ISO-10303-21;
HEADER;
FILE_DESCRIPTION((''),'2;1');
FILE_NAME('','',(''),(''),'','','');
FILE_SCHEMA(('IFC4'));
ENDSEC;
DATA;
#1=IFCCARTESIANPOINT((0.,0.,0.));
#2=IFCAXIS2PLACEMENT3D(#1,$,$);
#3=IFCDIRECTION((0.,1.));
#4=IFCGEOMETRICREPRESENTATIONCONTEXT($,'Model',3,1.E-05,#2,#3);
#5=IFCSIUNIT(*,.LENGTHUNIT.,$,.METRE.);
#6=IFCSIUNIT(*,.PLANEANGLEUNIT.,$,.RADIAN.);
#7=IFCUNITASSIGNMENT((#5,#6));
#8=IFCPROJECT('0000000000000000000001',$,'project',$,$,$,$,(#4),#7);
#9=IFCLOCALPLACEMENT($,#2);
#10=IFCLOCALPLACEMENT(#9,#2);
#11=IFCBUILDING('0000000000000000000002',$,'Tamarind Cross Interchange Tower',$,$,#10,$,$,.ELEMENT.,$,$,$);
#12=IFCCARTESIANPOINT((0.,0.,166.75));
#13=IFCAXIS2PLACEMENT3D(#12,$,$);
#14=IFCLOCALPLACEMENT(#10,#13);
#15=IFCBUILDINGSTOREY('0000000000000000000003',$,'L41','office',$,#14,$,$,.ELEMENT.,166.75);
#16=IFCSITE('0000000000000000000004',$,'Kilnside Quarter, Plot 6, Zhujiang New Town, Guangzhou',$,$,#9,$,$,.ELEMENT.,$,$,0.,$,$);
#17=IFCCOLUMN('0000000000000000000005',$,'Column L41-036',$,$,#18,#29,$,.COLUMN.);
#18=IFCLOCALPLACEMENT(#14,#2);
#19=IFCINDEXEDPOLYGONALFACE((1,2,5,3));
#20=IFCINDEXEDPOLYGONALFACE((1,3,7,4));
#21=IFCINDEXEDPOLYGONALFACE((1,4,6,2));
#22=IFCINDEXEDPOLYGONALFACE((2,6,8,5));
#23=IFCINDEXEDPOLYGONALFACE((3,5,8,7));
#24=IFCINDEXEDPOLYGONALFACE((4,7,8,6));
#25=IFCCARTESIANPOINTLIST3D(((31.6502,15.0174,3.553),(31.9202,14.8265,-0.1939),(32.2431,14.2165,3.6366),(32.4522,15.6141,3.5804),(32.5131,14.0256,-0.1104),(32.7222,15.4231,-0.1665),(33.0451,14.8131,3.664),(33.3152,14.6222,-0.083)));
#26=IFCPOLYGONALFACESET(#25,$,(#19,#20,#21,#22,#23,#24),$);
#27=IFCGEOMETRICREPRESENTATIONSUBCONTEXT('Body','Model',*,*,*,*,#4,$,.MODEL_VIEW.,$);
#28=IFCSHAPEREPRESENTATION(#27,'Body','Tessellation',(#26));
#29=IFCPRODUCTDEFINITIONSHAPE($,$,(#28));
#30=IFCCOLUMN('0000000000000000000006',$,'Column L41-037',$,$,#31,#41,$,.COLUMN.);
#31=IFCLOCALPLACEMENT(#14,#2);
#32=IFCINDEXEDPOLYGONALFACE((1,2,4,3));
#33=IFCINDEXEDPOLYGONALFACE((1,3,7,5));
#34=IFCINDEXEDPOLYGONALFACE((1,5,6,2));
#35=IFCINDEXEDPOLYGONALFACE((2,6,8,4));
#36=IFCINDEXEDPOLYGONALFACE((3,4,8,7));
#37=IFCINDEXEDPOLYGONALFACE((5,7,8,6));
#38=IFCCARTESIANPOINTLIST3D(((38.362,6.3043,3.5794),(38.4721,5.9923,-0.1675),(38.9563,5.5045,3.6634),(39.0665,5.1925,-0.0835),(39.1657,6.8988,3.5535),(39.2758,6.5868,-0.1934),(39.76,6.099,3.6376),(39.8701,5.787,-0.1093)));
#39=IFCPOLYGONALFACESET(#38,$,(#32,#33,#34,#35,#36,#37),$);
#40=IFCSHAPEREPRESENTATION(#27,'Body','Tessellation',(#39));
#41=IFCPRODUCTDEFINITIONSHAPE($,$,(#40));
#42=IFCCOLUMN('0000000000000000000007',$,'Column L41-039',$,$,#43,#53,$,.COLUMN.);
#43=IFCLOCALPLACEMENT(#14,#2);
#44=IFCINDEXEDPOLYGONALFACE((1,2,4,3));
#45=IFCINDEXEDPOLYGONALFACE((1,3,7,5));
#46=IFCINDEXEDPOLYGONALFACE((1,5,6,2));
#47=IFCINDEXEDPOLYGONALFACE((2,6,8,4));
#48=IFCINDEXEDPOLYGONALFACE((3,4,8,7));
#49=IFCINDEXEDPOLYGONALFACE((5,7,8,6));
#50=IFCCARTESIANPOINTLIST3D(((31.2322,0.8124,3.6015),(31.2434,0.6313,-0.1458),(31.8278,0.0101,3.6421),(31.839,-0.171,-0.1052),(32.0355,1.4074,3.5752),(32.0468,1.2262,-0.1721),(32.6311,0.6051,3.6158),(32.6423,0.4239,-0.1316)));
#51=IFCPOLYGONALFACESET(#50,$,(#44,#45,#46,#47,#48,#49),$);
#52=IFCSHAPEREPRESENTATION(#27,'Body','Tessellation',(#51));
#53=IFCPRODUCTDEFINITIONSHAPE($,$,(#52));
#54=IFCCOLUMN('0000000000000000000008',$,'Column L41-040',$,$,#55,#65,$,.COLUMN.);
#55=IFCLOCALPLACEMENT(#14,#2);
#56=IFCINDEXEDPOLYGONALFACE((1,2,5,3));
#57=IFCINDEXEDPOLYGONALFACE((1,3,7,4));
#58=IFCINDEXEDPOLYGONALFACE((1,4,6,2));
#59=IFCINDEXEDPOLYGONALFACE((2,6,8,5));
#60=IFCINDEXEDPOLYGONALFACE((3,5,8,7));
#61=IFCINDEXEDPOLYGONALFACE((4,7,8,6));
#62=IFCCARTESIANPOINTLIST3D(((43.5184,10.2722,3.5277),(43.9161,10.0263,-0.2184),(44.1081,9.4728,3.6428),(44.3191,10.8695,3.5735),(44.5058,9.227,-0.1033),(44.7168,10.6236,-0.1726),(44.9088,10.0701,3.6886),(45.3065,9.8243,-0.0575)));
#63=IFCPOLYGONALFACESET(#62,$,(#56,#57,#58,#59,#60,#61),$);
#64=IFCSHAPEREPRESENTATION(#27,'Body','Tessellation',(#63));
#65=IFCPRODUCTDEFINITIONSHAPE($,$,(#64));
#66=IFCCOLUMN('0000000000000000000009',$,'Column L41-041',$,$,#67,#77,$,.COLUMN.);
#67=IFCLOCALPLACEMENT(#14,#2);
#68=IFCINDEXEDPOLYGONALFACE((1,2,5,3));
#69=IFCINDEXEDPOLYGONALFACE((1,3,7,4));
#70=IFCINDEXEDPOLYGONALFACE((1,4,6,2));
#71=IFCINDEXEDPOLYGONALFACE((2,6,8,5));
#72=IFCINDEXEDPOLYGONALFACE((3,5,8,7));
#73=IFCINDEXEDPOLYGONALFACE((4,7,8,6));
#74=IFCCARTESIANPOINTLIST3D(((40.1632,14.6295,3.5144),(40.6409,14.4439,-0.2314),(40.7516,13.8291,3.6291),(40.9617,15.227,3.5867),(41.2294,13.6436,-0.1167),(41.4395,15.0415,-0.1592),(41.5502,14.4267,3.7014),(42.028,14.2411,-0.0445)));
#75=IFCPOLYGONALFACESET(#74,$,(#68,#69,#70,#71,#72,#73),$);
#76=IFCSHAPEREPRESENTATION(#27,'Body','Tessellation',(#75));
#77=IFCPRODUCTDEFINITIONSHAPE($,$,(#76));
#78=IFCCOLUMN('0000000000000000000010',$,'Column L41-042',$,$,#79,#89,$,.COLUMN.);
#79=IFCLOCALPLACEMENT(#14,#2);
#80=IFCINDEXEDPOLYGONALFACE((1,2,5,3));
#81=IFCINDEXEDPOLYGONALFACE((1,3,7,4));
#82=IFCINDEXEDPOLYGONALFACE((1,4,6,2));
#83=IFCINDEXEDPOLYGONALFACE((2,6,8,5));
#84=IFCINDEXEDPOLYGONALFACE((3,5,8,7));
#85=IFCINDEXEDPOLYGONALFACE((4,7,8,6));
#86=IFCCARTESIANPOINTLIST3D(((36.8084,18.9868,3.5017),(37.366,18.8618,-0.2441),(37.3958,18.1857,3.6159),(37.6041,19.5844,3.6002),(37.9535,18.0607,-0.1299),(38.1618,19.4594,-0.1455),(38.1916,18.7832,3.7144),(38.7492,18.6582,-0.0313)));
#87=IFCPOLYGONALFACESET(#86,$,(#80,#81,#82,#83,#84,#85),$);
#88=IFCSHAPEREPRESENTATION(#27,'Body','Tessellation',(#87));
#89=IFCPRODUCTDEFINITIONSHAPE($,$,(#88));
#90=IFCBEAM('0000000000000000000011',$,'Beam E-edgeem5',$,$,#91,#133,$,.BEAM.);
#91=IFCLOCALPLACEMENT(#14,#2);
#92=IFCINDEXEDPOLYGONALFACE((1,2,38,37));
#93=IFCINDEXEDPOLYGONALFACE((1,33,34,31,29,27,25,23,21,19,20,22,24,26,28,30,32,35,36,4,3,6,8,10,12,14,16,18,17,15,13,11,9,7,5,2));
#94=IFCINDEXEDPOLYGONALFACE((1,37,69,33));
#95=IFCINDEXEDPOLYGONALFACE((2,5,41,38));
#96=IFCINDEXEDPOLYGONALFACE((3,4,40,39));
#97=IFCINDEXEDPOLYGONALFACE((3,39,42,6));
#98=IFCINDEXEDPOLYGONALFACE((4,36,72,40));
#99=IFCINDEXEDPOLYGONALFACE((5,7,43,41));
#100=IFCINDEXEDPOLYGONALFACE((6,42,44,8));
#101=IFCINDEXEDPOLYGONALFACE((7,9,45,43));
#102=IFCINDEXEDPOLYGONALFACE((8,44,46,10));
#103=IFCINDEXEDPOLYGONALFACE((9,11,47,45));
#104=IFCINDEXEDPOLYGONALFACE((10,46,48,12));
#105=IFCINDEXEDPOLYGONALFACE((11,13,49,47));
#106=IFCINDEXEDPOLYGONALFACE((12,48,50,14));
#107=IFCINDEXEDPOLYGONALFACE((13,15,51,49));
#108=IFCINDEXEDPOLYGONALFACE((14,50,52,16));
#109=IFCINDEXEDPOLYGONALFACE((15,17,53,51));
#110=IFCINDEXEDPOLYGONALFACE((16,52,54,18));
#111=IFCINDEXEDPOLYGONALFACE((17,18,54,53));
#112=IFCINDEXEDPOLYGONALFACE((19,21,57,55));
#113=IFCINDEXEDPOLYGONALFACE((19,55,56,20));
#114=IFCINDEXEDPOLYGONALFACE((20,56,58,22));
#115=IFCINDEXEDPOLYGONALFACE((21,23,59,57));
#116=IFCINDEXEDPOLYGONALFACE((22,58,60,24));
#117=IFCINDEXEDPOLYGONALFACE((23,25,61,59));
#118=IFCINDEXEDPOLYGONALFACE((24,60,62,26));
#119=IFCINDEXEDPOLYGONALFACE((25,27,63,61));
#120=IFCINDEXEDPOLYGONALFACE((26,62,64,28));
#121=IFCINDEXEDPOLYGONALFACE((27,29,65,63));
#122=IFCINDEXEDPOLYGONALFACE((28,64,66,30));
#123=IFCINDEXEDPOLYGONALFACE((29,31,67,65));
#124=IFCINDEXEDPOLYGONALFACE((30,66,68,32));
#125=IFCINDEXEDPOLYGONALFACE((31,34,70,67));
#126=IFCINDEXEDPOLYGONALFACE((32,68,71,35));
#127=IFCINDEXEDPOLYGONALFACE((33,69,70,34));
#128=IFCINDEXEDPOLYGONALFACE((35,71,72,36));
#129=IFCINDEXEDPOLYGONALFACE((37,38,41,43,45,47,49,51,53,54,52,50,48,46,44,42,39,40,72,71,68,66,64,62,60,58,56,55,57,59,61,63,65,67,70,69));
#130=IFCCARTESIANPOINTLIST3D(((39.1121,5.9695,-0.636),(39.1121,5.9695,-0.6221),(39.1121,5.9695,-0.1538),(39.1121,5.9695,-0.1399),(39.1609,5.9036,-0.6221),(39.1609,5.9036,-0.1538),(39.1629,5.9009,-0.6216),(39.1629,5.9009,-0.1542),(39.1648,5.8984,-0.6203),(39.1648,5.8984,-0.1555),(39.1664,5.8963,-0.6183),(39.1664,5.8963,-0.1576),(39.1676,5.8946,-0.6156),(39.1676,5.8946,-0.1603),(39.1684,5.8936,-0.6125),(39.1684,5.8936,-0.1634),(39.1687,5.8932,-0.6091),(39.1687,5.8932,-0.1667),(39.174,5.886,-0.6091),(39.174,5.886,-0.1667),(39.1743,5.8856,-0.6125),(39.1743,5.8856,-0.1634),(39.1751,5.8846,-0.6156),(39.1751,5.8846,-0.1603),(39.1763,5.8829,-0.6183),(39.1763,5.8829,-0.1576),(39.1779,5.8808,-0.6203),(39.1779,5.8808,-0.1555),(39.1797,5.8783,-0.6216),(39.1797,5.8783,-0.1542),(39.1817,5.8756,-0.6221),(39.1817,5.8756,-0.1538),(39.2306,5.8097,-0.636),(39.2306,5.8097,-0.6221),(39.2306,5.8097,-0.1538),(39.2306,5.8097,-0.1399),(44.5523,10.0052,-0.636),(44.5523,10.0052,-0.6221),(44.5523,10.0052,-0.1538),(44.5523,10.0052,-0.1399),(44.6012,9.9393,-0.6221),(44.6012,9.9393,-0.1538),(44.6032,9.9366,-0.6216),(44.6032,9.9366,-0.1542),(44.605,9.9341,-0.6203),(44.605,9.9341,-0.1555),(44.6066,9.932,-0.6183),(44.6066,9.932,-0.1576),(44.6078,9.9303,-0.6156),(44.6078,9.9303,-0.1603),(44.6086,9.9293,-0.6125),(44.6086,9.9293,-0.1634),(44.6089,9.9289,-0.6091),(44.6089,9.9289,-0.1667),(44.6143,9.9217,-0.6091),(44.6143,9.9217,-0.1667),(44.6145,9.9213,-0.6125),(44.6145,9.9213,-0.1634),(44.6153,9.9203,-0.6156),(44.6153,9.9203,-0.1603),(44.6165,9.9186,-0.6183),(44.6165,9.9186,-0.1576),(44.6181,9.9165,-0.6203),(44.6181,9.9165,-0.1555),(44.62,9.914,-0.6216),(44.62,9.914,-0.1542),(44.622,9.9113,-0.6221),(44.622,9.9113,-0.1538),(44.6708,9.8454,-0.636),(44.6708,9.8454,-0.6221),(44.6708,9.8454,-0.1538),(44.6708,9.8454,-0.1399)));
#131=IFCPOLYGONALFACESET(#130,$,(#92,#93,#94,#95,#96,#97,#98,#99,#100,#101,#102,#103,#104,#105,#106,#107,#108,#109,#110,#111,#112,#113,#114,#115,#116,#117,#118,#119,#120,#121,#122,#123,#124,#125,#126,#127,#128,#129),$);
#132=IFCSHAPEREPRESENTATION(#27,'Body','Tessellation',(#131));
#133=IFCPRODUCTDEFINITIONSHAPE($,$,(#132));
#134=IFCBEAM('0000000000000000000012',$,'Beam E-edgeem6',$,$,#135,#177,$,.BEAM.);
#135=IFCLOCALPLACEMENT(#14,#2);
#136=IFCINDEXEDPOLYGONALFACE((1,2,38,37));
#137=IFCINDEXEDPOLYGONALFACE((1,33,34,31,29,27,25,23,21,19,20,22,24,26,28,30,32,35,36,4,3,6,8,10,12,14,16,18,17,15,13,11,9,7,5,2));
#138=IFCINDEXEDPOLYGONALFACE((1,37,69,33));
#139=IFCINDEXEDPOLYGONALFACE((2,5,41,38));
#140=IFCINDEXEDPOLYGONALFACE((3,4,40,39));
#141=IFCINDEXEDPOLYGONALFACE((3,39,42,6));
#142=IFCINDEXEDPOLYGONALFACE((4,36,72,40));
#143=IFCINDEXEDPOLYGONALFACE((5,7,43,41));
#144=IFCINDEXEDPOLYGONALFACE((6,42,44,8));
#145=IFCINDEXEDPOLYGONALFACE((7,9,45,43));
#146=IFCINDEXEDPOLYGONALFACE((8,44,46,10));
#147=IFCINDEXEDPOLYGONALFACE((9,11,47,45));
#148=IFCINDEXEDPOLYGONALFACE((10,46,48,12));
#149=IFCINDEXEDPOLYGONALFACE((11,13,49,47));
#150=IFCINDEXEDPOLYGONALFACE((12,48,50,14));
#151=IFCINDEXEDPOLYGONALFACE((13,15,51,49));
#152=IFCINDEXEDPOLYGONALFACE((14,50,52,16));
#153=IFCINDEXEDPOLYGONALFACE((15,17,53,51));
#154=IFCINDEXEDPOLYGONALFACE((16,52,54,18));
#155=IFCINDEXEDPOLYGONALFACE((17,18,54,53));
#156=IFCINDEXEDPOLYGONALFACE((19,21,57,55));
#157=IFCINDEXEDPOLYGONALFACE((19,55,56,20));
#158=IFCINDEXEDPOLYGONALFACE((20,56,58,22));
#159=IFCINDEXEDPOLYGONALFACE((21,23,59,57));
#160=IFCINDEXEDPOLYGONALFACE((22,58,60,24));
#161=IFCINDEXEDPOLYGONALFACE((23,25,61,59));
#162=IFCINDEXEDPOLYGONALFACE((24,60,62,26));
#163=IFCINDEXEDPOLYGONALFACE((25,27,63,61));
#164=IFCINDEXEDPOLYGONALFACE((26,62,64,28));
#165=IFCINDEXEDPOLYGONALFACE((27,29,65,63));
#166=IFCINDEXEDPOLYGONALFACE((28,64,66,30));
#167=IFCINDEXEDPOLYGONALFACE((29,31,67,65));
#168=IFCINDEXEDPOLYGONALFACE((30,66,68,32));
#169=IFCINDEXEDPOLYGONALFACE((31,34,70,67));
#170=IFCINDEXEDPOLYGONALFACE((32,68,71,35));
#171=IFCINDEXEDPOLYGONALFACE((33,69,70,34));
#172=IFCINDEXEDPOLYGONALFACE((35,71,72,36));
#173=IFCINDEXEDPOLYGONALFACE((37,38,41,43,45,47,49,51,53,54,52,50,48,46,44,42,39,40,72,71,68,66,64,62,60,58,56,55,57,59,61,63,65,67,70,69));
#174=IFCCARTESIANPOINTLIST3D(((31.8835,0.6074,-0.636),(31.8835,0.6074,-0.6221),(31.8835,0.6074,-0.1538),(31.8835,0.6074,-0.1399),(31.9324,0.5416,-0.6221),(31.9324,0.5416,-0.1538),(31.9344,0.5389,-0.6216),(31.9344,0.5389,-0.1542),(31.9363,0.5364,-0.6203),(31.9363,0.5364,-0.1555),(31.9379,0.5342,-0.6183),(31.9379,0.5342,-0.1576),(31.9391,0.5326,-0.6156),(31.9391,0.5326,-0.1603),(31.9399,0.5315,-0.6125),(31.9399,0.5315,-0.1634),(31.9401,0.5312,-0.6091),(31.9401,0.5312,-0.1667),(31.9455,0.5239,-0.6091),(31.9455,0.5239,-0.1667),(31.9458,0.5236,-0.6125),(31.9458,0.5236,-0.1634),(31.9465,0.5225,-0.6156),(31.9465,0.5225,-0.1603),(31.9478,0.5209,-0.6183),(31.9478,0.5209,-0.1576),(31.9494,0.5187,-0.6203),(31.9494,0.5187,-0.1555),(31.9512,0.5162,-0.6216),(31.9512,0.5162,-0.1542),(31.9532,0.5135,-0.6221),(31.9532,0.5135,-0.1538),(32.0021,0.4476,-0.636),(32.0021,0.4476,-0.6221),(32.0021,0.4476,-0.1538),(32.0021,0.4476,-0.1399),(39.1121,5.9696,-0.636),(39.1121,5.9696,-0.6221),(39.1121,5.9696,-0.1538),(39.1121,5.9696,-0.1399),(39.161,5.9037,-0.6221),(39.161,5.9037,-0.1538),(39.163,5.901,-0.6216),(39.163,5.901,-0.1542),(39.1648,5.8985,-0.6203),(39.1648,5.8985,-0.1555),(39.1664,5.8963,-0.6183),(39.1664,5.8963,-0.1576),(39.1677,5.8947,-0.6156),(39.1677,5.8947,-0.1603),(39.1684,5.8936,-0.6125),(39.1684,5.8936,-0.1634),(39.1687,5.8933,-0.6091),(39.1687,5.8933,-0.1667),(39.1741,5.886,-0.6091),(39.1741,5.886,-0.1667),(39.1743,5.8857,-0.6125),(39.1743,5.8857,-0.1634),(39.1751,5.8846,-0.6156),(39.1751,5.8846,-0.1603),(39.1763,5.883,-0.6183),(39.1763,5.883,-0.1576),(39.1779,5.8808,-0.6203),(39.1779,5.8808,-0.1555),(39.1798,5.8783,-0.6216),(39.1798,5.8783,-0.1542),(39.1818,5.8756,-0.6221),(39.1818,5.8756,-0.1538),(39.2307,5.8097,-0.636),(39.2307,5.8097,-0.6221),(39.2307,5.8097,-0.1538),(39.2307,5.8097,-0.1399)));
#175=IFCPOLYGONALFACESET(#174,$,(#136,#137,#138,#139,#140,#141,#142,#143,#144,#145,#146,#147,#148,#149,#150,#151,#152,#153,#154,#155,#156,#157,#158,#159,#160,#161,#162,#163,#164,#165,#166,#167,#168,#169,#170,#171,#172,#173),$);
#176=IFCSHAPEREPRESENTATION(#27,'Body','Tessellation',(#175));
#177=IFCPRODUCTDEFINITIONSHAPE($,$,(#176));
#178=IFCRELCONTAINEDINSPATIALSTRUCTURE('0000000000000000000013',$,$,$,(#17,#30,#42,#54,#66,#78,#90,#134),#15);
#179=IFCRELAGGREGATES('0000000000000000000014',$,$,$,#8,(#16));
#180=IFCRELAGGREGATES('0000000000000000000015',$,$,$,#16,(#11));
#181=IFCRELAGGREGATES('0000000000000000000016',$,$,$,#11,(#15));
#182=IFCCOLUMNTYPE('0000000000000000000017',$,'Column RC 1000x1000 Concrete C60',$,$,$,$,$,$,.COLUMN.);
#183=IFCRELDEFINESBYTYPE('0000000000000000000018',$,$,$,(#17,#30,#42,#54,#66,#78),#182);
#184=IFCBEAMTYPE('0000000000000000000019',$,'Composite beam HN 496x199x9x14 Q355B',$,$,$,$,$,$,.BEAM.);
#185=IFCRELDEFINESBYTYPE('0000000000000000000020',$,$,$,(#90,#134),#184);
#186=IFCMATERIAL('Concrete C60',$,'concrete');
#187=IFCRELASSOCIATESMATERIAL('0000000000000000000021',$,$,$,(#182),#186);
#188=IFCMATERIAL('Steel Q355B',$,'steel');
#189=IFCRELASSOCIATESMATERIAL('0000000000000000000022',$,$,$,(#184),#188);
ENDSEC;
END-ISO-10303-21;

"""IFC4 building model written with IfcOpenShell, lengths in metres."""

from ifc_helpers import new_model, si_unit, direction, frame, origin, origin_2d, place, context, subcontext, project, spatial, rectangle, i_section, extrude, material, material_profile, profile_set, type_object, element, save


model = new_model("IFC4")

# Units and contexts
model_context = context("Model", 3, precision=1e-05, world=origin(), true_north=direction((0.0, 1.0)))
body_context = subcontext(model_context, "Body", "Model", "MODEL_VIEW")
ifc_project = project(units=[si_unit("LENGTHUNIT", "METRE"), si_unit("PLANEANGLEUNIT", "RADIAN")], contexts=[model_context])

# Site, building, storey
site_placement = place(None, origin())
site = spatial("IfcSite", under=ifc_project, at=site_placement, Name="Kilnside Quarter, Plot 6, Zhujiang New Town, Guangzhou", CompositionType="ELEMENT", RefElevation=0.0)
building_placement = place(site_placement, origin())
building = spatial("IfcBuilding", under=site, at=building_placement, Name="Tamarind Cross Interchange Tower", CompositionType="ELEMENT")
storey_placement = place(building_placement, frame((0.0, 0.0, 166.75)))
storey = spatial("IfcBuildingStorey", under=building, at=storey_placement, Name="L41", Description="office", CompositionType="ELEMENT", Elevation=166.75)

# Columns
ifc_material_1 = material(Name="Concrete C60", Category="concrete")
ifc_material_profile_1 = material_profile(ifc_material_1, rectangle(XDim=1.0, YDim=1.0, at=origin_2d()), Name="RC 1000x1000")
ifc_profile_set_1 = profile_set([ifc_material_profile_1], Name="Concrete C60")
column_type = type_object("IfcColumnType", Name="Column RC 1000x1000 Concrete C60", PredefinedType="COLUMN", material=ifc_profile_set_1)
for number, where, z_axis, x_axis, name in (
    (1, (32.6177, 14.7244, -0.1384), (-0.071787, 0.050757, 0.996128), (0.592924, -0.800913, 0.08354), "Column L41-036"),
    (2, (39.1711, 5.8896, -0.1384), (-0.029273, 0.082951, 0.996124), (-0.803699, -0.594473, 0.025886), "Column L41-037"),
):
    element("IfcColumn", number, at=place(storey_placement, frame(where, z_axis=z_axis, x_axis=x_axis)), inside=storey, type_object=column_type, Name=name, PredefinedType="COLUMN", context=body_context, shape_type="SweptSolid", body=[
        extrude(rectangle(XDim=1.0, YDim=1.0, at=origin_2d()), origin(), (0.0, 0.0, 1.0), 3.7615),
    ])
column_1_placement = place(storey_placement, frame((31.9429, 0.5276, -0.1387), z_axis=(-0.002993, 0.048285, 0.998829), x_axis=(-0.803319, -0.594965, 0.026354)))
element("IfcColumn", 3, at=column_1_placement, inside=storey, type_object=column_type, Name="Column L41-039", PredefinedType="COLUMN", context=body_context, shape_type="SweptSolid", body=[
    extrude(rectangle(XDim=1.0, YDim=1.0, at=origin_2d()), origin(), (0.0, 0.0, 1.0), 3.7517),
])
column_2_placement = place(storey_placement, frame((44.6113, 9.9253, -0.1379), z_axis=(-0.105348, 0.065123, 0.992301), x_axis=(0.589728, -0.799362, 0.115069)))
element("IfcColumn", 4, at=column_2_placement, inside=storey, type_object=column_type, Name="Column L41-040", PredefinedType="COLUMN", context=body_context, shape_type="SweptSolid", body=[
    extrude(rectangle(XDim=1.0, YDim=1.0, at=origin_2d()), origin(), (0.0, 0.0, 1.0), 3.7751),
])
column_3_placement = place(storey_placement, frame((41.3345, 14.3425, -0.1379), z_axis=(-0.126372, 0.049077, 0.990768), x_axis=(0.588479, -0.800335, 0.114704)))
element("IfcColumn", 5, at=column_3_placement, inside=storey, type_object=column_type, Name="Column L41-041", PredefinedType="COLUMN", context=body_context, shape_type="SweptSolid", body=[
    extrude(rectangle(XDim=1.0, YDim=1.0, at=origin_2d()), origin(), (0.0, 0.0, 1.0), 3.7808),
])
column_4_placement = place(storey_placement, frame((38.0576, 18.76, -0.1377), z_axis=(-0.147169, 0.032991, 0.988561), x_axis=(0.587441, -0.80117, 0.114191)))
element("IfcColumn", 6, at=column_4_placement, inside=storey, type_object=column_type, Name="Column L41-042", PredefinedType="COLUMN", context=body_context, shape_type="SweptSolid", body=[
    extrude(rectangle(XDim=1.0, YDim=1.0, at=origin_2d()), origin(), (0.0, 0.0, 1.0), 3.7891),
])

# Beams
ifc_material_2 = material(Name="Steel Q355B", Category="steel")
ifc_material_profile_2 = material_profile(ifc_material_2, i_section(OverallWidth=0.199, OverallDepth=0.4961, WebThickness=0.009, FlangeThickness=0.0139, FilletRadius=0.0129, at=origin_2d()), Name="HN 496x199x9x14")
ifc_profile_set_2 = profile_set([ifc_material_profile_2], Name="Steel Q355B")
beam_type_1 = type_object("IfcBeamType", Name="Composite beam HN 496x199x9x14 Q355B", PredefinedType="BEAM", material=ifc_profile_set_2)
beam_1_placement = place(storey_placement, frame((44.6116, 9.9253, -0.3879), z_axis=(-0.803142, -0.595788, 0.0), x_axis=(0.595788, -0.803142, 0.0)))
element("IfcBeam", 7, at=beam_1_placement, inside=storey, type_object=beam_type_1, Name="Beam E-edgeem5", PredefinedType="BEAM", context=body_context, shape_type="SweptSolid", body=[
    extrude(i_section(OverallWidth=0.199, OverallDepth=0.4961, WebThickness=0.009, FlangeThickness=0.0139, FilletRadius=0.0129, at=origin_2d()), origin(), (0.0, 0.0, 1.0), 6.7737),
])
beam_2_placement = place(storey_placement, frame((39.1714, 5.8896, -0.3879), z_axis=(-0.803153, -0.595773, 0.0), x_axis=(0.595773, -0.803153, 0.0)))
element("IfcBeam", 8, at=beam_2_placement, inside=storey, type_object=beam_type_1, Name="Beam E-edgeem6", PredefinedType="BEAM", context=body_context, shape_type="SweptSolid", body=[
    extrude(i_section(OverallWidth=0.199, OverallDepth=0.4961, WebThickness=0.009, FlangeThickness=0.0139, FilletRadius=0.0129, at=origin_2d()), origin(), (0.0, 0.0, 1.0), 9.0002),
])

save(model, "model.ifc")
